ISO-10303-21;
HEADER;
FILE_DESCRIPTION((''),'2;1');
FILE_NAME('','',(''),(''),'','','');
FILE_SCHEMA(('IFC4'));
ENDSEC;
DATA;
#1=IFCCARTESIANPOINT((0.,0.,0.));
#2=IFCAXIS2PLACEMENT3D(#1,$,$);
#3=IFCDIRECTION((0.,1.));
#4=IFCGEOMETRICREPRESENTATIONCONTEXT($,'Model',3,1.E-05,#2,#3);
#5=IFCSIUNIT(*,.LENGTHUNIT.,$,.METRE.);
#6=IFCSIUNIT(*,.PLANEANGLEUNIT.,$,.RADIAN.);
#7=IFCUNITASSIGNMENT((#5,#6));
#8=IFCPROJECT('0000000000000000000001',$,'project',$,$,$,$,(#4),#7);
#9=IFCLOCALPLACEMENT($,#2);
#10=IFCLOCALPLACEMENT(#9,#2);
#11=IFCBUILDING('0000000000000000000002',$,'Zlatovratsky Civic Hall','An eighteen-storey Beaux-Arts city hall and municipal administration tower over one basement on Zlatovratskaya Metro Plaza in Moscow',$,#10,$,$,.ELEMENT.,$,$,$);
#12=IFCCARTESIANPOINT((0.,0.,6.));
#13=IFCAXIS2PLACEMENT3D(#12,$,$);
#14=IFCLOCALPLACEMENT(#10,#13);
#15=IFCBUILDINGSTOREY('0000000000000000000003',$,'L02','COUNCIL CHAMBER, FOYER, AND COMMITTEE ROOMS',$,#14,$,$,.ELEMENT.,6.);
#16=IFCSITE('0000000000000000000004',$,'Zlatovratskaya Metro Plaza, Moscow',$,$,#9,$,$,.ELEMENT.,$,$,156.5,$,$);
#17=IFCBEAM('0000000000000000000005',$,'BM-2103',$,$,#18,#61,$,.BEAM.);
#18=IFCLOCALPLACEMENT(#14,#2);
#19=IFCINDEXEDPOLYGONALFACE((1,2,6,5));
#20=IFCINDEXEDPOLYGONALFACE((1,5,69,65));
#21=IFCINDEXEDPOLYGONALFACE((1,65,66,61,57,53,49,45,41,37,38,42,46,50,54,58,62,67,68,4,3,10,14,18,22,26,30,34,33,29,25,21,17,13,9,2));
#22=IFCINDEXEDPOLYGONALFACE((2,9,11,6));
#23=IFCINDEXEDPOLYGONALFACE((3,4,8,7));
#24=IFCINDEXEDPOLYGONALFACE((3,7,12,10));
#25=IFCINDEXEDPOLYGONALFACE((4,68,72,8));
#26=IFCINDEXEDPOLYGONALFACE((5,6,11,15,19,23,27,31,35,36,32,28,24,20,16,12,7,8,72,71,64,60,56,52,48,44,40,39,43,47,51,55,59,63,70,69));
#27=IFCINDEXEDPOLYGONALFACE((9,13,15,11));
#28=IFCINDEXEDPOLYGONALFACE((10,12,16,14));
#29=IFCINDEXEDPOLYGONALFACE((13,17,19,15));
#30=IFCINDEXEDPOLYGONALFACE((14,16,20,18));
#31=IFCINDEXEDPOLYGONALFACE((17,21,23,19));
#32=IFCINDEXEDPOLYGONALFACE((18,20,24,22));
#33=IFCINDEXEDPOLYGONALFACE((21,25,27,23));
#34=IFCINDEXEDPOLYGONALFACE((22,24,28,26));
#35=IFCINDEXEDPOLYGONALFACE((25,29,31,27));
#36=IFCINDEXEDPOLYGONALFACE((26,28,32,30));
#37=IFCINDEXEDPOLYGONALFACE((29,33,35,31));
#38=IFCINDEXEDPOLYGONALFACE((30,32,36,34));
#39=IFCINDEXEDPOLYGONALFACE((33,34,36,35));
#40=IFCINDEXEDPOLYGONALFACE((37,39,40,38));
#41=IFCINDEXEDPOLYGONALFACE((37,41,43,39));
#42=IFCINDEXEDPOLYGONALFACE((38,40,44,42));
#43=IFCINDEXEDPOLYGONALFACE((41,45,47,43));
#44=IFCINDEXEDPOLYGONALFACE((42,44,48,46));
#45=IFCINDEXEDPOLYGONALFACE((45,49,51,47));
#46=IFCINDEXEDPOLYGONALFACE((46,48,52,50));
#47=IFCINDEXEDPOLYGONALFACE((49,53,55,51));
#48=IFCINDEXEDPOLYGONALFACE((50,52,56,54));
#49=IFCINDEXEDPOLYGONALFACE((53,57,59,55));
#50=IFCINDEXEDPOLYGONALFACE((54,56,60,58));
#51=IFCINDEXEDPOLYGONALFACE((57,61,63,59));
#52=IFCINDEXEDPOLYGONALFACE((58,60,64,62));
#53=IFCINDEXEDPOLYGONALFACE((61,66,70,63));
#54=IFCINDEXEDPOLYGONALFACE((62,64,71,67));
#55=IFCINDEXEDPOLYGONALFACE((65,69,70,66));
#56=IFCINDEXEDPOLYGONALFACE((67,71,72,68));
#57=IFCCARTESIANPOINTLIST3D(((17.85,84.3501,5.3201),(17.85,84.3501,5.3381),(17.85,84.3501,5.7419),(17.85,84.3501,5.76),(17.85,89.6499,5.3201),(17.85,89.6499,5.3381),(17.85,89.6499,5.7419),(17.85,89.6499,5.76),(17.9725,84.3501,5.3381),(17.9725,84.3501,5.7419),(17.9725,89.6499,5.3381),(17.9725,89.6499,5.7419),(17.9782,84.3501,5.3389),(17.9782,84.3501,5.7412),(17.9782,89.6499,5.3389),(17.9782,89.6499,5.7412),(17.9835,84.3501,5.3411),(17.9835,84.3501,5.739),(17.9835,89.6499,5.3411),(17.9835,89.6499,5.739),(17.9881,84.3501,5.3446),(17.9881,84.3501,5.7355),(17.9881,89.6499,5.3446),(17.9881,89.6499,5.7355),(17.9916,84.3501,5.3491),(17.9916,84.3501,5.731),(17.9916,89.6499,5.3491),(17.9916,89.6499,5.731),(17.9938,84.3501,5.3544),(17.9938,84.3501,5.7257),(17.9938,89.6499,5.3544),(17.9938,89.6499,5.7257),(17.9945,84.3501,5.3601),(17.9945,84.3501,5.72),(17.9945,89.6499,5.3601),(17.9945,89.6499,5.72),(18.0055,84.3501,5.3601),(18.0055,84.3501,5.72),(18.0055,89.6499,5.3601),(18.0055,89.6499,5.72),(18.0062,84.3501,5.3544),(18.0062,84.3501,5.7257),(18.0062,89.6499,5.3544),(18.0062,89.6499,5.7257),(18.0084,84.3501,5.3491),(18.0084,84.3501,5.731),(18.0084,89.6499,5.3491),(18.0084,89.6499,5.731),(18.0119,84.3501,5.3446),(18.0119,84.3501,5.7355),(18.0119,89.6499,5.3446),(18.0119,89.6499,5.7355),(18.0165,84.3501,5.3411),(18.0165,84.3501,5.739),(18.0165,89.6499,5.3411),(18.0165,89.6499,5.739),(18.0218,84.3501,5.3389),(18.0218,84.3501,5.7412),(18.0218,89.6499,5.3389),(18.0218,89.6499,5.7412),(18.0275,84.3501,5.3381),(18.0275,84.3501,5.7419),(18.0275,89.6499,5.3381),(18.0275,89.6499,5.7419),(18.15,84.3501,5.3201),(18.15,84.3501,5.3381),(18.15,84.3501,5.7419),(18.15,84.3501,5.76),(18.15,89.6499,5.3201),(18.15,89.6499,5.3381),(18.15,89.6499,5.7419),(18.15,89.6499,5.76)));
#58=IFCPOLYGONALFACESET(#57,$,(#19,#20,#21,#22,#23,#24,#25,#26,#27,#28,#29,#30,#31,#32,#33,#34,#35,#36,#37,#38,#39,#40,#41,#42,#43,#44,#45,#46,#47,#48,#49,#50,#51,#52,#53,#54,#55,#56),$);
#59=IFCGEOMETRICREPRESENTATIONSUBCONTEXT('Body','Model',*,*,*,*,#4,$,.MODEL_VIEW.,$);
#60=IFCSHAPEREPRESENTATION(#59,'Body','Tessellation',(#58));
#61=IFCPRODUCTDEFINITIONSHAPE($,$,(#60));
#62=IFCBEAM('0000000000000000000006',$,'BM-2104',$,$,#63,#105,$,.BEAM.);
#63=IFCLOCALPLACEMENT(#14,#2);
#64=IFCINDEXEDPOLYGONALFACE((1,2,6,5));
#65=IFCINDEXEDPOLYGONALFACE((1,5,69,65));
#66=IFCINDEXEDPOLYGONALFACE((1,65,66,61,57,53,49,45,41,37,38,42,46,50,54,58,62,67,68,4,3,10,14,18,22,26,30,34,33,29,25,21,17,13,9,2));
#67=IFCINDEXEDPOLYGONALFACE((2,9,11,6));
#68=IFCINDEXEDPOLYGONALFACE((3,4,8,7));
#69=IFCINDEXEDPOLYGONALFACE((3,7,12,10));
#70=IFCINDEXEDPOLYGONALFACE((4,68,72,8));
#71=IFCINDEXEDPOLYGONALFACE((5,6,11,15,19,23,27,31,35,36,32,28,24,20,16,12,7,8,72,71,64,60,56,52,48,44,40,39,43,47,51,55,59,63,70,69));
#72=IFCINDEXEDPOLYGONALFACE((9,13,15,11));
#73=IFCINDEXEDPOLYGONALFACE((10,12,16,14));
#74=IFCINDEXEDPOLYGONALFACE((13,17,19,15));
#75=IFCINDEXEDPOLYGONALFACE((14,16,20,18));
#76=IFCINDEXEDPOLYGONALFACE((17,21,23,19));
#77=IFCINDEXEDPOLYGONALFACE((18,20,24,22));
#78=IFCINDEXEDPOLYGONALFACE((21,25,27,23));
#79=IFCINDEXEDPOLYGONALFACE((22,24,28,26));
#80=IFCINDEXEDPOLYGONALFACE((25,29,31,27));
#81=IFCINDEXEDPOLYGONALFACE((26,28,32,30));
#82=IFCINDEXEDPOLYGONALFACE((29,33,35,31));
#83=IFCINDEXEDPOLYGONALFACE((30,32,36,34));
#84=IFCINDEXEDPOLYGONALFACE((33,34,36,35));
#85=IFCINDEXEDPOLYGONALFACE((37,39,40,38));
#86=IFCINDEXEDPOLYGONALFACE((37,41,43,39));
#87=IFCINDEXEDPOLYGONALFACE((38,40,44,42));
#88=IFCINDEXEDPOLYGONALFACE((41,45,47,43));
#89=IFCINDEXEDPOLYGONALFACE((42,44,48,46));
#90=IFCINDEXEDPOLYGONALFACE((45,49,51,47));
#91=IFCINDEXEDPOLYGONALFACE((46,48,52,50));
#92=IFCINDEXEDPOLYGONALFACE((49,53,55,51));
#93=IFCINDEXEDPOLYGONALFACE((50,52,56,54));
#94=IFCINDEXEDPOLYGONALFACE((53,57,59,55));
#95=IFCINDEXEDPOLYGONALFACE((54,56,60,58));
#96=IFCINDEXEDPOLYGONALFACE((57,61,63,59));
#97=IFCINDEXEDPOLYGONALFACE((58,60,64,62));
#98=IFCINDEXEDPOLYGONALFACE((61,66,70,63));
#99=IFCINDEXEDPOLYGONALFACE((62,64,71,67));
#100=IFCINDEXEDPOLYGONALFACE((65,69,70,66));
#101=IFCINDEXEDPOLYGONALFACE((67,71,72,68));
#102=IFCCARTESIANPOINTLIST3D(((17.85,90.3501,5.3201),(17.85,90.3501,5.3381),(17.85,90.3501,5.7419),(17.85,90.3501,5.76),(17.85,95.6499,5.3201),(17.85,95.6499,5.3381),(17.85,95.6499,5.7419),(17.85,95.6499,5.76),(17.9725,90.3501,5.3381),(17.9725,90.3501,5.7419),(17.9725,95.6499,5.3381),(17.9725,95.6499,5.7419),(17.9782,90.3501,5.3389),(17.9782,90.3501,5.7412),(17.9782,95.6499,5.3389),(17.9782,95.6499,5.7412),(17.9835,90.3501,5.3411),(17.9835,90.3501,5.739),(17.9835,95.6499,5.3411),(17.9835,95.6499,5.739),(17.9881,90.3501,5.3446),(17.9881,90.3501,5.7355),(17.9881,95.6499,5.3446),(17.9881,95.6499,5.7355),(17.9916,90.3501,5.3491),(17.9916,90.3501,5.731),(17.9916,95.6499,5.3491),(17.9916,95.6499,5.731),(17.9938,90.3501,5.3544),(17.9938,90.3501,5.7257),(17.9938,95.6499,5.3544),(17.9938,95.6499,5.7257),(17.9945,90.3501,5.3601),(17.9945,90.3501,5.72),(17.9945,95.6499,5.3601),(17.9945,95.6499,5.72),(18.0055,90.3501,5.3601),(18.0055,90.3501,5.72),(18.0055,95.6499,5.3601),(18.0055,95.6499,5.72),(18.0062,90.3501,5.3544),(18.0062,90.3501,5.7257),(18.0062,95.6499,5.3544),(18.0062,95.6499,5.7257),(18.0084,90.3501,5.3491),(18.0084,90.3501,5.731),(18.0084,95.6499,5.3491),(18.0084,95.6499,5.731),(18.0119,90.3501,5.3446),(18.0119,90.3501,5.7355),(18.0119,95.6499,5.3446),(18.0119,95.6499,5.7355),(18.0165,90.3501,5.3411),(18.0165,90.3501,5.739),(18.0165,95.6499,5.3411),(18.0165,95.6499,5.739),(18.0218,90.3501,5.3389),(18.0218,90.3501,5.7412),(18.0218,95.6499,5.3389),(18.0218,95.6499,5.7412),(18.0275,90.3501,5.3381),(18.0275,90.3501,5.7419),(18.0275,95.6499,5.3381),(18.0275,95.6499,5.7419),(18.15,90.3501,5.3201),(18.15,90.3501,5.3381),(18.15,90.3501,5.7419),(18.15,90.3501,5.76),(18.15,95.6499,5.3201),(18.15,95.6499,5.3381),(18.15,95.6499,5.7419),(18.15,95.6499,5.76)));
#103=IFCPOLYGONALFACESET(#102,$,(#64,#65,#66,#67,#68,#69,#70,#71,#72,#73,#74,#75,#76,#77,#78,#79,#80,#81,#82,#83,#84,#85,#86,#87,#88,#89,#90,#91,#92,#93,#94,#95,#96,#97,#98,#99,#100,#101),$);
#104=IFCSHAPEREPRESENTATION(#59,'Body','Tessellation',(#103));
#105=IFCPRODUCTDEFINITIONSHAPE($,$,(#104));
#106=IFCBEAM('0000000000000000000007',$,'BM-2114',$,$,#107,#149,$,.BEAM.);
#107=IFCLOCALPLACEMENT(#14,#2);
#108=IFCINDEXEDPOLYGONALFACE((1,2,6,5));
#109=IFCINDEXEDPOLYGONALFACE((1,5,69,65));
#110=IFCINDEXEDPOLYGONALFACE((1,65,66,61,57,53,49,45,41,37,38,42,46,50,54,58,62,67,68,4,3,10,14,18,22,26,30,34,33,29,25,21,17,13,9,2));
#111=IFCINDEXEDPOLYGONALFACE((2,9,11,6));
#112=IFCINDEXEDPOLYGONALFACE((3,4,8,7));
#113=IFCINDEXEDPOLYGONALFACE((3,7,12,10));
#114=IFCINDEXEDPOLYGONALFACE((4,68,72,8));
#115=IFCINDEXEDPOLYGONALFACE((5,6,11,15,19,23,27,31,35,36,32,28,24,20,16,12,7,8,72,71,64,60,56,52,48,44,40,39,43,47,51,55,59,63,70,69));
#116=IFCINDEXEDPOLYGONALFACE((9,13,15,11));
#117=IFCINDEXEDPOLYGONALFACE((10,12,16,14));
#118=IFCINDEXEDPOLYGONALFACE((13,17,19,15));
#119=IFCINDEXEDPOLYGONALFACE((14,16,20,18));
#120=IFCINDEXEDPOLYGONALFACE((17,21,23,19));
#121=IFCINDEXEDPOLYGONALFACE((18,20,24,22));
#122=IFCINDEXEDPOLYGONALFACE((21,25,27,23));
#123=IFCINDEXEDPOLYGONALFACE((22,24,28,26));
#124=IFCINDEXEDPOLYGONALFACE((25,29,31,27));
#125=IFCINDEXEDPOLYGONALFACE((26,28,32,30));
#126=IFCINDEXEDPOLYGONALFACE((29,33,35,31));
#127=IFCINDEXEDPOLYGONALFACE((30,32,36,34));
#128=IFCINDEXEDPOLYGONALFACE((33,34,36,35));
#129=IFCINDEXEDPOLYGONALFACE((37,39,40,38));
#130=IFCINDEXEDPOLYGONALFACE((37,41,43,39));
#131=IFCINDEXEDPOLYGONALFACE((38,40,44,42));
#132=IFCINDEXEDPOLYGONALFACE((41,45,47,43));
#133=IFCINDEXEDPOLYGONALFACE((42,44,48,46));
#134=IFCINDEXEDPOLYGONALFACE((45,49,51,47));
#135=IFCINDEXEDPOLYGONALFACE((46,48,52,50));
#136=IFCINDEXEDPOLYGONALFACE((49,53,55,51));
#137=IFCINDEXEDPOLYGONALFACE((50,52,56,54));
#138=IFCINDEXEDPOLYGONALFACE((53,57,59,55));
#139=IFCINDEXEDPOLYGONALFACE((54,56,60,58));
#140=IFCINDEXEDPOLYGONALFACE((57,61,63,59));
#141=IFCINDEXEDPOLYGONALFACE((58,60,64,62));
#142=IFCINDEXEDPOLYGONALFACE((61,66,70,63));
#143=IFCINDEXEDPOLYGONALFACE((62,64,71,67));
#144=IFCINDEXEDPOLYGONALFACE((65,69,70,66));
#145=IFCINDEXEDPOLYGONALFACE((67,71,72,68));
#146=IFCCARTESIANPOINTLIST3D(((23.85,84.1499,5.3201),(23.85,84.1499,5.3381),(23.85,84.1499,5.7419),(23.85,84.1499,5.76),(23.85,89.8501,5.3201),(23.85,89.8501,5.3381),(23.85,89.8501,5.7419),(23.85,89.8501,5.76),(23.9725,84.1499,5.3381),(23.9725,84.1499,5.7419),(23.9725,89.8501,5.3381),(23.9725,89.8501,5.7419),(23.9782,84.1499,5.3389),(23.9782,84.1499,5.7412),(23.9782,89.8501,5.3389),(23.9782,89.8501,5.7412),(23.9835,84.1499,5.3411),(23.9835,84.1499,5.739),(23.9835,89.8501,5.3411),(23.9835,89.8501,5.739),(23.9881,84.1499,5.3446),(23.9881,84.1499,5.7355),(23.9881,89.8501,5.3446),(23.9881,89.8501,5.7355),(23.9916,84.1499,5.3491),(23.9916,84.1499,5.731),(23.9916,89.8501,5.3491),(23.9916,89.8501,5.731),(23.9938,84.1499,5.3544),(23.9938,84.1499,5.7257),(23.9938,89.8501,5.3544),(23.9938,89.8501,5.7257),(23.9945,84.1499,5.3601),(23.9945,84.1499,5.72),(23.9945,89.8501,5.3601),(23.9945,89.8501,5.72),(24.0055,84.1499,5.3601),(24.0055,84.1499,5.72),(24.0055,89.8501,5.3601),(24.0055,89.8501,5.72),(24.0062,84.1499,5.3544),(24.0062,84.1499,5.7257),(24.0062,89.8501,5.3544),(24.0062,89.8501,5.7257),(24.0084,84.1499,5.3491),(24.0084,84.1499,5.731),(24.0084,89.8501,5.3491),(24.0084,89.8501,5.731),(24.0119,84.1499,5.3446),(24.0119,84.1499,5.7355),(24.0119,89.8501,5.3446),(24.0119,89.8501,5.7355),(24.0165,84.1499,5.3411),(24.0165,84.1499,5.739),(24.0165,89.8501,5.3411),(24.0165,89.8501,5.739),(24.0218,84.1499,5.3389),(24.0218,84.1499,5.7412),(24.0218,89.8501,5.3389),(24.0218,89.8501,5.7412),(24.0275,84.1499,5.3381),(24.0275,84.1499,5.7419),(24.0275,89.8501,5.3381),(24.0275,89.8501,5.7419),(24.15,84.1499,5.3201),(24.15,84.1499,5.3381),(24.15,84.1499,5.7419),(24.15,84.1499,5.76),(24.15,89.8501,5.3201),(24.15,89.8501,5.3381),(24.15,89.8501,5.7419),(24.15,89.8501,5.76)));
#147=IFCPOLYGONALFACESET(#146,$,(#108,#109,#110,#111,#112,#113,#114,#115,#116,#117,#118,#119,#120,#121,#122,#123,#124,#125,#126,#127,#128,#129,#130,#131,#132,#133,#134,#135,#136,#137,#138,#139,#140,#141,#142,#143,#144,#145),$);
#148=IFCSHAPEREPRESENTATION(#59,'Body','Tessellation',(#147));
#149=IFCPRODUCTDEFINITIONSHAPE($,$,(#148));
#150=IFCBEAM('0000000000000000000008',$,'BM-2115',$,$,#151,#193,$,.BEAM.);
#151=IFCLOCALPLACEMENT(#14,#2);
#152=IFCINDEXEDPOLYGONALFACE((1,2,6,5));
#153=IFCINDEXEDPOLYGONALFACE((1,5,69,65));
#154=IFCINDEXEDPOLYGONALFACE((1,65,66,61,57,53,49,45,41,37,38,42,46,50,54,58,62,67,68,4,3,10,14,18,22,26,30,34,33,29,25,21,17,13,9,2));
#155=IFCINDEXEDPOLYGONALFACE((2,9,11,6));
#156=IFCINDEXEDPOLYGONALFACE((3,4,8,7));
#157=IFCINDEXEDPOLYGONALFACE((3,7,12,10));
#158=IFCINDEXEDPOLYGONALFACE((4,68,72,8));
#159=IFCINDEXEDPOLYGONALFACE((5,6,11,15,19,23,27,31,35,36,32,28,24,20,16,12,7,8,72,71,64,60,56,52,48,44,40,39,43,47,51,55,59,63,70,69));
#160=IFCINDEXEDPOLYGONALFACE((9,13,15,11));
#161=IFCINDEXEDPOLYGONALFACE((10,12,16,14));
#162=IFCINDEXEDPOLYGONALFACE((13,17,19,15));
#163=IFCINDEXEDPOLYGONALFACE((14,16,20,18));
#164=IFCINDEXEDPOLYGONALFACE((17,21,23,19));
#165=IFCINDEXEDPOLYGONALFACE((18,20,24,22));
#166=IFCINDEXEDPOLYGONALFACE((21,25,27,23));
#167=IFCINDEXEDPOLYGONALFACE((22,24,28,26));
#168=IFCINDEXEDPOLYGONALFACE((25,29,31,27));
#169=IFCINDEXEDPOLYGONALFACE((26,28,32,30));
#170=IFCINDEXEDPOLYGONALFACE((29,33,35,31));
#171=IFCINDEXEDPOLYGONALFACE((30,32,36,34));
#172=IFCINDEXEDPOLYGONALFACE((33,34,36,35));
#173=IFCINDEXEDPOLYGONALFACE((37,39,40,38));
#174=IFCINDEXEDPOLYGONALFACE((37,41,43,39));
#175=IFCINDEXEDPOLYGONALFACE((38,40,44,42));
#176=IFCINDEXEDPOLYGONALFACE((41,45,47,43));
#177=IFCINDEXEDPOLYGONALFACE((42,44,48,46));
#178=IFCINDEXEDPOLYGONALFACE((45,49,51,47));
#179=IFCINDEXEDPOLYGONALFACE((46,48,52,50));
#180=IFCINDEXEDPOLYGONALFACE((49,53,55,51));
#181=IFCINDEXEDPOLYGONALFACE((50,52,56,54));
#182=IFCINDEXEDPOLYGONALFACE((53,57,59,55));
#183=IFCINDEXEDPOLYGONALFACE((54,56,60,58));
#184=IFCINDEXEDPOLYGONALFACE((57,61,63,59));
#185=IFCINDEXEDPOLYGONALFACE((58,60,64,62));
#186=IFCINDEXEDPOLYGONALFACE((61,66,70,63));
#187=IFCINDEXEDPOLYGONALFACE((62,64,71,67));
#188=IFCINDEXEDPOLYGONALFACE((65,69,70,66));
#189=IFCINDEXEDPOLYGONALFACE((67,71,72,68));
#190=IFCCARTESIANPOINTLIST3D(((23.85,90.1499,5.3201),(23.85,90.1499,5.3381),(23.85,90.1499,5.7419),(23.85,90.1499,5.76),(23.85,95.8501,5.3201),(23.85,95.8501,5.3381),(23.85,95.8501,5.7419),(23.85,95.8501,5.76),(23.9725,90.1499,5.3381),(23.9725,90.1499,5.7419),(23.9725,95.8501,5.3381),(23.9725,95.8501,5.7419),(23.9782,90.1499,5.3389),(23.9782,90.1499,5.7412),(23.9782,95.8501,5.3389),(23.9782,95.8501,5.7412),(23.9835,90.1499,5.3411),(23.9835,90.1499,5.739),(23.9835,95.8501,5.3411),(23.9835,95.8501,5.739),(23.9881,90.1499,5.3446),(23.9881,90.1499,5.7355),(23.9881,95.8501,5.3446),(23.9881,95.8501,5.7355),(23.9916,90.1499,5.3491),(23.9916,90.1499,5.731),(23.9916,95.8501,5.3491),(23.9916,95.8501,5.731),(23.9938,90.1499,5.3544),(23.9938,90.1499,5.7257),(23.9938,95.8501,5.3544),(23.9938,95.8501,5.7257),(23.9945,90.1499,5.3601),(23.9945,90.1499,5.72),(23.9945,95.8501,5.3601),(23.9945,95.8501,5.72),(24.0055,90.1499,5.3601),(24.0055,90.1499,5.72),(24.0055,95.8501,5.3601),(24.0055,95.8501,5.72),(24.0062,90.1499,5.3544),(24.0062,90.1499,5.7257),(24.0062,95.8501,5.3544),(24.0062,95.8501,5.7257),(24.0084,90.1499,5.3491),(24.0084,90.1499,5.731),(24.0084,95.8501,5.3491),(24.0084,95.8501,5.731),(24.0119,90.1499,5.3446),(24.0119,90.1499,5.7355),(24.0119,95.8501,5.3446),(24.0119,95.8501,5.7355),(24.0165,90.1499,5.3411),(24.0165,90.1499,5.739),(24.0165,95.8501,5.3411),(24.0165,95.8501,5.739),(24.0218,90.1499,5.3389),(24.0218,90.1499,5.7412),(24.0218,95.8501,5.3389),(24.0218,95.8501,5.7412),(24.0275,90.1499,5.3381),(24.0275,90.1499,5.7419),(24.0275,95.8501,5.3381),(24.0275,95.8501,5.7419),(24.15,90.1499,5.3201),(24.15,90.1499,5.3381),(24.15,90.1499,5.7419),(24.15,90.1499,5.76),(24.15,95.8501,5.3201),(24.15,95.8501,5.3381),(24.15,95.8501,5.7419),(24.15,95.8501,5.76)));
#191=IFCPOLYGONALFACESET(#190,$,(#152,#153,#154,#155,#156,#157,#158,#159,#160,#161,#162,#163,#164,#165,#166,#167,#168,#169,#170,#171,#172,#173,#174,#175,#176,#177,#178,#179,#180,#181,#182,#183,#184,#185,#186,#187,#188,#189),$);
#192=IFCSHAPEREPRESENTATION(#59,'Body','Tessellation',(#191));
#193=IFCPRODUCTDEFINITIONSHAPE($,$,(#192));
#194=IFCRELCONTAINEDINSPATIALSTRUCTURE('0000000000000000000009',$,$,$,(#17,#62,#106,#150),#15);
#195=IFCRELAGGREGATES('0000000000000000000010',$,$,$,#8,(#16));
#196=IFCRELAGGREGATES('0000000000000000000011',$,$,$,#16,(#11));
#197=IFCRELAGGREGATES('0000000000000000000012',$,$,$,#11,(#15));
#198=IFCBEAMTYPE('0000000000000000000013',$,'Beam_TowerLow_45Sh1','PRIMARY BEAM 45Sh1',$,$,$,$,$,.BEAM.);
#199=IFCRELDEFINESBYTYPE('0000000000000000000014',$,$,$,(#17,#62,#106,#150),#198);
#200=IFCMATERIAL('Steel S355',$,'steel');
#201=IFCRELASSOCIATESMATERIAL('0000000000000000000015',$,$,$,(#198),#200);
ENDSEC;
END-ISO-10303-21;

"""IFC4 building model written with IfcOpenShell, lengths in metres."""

from ifc_helpers import new_model, si_unit, direction, frame, origin, origin_2d, place, context, subcontext, project, spatial, i_section, extrude, material, material_profile, profile_set, type_object, element, save


model = new_model("IFC4")

# Units and contexts
model_context = context("Model", 3, precision=1e-05, world=origin(), true_north=direction((0.0, 1.0)))
body_context = subcontext(model_context, "Body", "Model", "MODEL_VIEW")
ifc_project = project(units=[si_unit("LENGTHUNIT", "METRE"), si_unit("PLANEANGLEUNIT", "RADIAN")], contexts=[model_context])

# Site, building, storey
site_placement = place(None, origin())
site = spatial("IfcSite", under=ifc_project, at=site_placement, Name="Zlatovratskaya Metro Plaza, Moscow", CompositionType="ELEMENT", RefElevation=156.5)
building_placement = place(site_placement, origin())
building = spatial("IfcBuilding", under=site, at=building_placement, Name="Zlatovratsky Civic Hall", Description="An eighteen-storey Beaux-Arts city hall and municipal administration tower over one basement on Zlatovratskaya Metro Plaza in Moscow", CompositionType="ELEMENT")
storey_placement = place(building_placement, frame((0.0, 0.0, 6.0)))
storey = spatial("IfcBuildingStorey", under=building, at=storey_placement, Name="L02", Description="COUNCIL CHAMBER, FOYER, AND COMMITTEE ROOMS", CompositionType="ELEMENT", Elevation=6.0)

# Shared definitions
ifc_material_1 = material(Name="Steel S355", Category="steel")

# Beams
ifc_material_profile_1 = material_profile(ifc_material_1, i_section(OverallWidth=0.3, OverallDepth=0.4399, WebThickness=0.011, FlangeThickness=0.0181, FilletRadius=0.022, at=origin_2d()), Name="45Sh1")
ifc_profile_set_1 = profile_set([ifc_material_profile_1], Name="Steel S355")
beam_type_1 = type_object("IfcBeamType", Name="Beam_TowerLow_45Sh1", Description="PRIMARY BEAM 45Sh1", PredefinedType="BEAM", material=ifc_profile_set_1)
for number, where, z_axis, x_axis, name in (
    (1, (18.0, 84.3501, 5.54), (0.0, 1.0, 0.0), (-1.0, 0.0, 0.0), "BM-2103"),
    (2, (18.0, 90.3501, 5.54), (0.0, 1.0, 0.0), (-1.0, 0.0, 0.0), "BM-2104"),
):
    element("IfcBeam", number, at=place(storey_placement, frame(where, z_axis=z_axis, x_axis=x_axis)), inside=storey, type_object=beam_type_1, Name=name, PredefinedType="BEAM", context=body_context, shape_type="SweptSolid", body=[
        extrude(i_section(OverallWidth=0.3, OverallDepth=0.4399, WebThickness=0.011, FlangeThickness=0.0181, FilletRadius=0.022, at=origin_2d()), origin(), (0.0, 0.0, 1.0), 5.2998),
    ])
for number, where, z_axis, x_axis, name in (
    (3, (24.0, 84.1499, 5.54), (0.0, 1.0, 0.0), (-1.0, 0.0, 0.0), "BM-2114"),
    (4, (24.0, 90.1499, 5.54), (0.0, 1.0, 0.0), (-1.0, 0.0, 0.0), "BM-2115"),
):
    element("IfcBeam", number, at=place(storey_placement, frame(where, z_axis=z_axis, x_axis=x_axis)), inside=storey, type_object=beam_type_1, Name=name, PredefinedType="BEAM", context=body_context, shape_type="SweptSolid", body=[
        extrude(i_section(OverallWidth=0.3, OverallDepth=0.4399, WebThickness=0.011, FlangeThickness=0.0181, FilletRadius=0.022, at=origin_2d()), origin(), (0.0, 0.0, 1.0), 5.7002),
    ])

save(model, "model.ifc")
